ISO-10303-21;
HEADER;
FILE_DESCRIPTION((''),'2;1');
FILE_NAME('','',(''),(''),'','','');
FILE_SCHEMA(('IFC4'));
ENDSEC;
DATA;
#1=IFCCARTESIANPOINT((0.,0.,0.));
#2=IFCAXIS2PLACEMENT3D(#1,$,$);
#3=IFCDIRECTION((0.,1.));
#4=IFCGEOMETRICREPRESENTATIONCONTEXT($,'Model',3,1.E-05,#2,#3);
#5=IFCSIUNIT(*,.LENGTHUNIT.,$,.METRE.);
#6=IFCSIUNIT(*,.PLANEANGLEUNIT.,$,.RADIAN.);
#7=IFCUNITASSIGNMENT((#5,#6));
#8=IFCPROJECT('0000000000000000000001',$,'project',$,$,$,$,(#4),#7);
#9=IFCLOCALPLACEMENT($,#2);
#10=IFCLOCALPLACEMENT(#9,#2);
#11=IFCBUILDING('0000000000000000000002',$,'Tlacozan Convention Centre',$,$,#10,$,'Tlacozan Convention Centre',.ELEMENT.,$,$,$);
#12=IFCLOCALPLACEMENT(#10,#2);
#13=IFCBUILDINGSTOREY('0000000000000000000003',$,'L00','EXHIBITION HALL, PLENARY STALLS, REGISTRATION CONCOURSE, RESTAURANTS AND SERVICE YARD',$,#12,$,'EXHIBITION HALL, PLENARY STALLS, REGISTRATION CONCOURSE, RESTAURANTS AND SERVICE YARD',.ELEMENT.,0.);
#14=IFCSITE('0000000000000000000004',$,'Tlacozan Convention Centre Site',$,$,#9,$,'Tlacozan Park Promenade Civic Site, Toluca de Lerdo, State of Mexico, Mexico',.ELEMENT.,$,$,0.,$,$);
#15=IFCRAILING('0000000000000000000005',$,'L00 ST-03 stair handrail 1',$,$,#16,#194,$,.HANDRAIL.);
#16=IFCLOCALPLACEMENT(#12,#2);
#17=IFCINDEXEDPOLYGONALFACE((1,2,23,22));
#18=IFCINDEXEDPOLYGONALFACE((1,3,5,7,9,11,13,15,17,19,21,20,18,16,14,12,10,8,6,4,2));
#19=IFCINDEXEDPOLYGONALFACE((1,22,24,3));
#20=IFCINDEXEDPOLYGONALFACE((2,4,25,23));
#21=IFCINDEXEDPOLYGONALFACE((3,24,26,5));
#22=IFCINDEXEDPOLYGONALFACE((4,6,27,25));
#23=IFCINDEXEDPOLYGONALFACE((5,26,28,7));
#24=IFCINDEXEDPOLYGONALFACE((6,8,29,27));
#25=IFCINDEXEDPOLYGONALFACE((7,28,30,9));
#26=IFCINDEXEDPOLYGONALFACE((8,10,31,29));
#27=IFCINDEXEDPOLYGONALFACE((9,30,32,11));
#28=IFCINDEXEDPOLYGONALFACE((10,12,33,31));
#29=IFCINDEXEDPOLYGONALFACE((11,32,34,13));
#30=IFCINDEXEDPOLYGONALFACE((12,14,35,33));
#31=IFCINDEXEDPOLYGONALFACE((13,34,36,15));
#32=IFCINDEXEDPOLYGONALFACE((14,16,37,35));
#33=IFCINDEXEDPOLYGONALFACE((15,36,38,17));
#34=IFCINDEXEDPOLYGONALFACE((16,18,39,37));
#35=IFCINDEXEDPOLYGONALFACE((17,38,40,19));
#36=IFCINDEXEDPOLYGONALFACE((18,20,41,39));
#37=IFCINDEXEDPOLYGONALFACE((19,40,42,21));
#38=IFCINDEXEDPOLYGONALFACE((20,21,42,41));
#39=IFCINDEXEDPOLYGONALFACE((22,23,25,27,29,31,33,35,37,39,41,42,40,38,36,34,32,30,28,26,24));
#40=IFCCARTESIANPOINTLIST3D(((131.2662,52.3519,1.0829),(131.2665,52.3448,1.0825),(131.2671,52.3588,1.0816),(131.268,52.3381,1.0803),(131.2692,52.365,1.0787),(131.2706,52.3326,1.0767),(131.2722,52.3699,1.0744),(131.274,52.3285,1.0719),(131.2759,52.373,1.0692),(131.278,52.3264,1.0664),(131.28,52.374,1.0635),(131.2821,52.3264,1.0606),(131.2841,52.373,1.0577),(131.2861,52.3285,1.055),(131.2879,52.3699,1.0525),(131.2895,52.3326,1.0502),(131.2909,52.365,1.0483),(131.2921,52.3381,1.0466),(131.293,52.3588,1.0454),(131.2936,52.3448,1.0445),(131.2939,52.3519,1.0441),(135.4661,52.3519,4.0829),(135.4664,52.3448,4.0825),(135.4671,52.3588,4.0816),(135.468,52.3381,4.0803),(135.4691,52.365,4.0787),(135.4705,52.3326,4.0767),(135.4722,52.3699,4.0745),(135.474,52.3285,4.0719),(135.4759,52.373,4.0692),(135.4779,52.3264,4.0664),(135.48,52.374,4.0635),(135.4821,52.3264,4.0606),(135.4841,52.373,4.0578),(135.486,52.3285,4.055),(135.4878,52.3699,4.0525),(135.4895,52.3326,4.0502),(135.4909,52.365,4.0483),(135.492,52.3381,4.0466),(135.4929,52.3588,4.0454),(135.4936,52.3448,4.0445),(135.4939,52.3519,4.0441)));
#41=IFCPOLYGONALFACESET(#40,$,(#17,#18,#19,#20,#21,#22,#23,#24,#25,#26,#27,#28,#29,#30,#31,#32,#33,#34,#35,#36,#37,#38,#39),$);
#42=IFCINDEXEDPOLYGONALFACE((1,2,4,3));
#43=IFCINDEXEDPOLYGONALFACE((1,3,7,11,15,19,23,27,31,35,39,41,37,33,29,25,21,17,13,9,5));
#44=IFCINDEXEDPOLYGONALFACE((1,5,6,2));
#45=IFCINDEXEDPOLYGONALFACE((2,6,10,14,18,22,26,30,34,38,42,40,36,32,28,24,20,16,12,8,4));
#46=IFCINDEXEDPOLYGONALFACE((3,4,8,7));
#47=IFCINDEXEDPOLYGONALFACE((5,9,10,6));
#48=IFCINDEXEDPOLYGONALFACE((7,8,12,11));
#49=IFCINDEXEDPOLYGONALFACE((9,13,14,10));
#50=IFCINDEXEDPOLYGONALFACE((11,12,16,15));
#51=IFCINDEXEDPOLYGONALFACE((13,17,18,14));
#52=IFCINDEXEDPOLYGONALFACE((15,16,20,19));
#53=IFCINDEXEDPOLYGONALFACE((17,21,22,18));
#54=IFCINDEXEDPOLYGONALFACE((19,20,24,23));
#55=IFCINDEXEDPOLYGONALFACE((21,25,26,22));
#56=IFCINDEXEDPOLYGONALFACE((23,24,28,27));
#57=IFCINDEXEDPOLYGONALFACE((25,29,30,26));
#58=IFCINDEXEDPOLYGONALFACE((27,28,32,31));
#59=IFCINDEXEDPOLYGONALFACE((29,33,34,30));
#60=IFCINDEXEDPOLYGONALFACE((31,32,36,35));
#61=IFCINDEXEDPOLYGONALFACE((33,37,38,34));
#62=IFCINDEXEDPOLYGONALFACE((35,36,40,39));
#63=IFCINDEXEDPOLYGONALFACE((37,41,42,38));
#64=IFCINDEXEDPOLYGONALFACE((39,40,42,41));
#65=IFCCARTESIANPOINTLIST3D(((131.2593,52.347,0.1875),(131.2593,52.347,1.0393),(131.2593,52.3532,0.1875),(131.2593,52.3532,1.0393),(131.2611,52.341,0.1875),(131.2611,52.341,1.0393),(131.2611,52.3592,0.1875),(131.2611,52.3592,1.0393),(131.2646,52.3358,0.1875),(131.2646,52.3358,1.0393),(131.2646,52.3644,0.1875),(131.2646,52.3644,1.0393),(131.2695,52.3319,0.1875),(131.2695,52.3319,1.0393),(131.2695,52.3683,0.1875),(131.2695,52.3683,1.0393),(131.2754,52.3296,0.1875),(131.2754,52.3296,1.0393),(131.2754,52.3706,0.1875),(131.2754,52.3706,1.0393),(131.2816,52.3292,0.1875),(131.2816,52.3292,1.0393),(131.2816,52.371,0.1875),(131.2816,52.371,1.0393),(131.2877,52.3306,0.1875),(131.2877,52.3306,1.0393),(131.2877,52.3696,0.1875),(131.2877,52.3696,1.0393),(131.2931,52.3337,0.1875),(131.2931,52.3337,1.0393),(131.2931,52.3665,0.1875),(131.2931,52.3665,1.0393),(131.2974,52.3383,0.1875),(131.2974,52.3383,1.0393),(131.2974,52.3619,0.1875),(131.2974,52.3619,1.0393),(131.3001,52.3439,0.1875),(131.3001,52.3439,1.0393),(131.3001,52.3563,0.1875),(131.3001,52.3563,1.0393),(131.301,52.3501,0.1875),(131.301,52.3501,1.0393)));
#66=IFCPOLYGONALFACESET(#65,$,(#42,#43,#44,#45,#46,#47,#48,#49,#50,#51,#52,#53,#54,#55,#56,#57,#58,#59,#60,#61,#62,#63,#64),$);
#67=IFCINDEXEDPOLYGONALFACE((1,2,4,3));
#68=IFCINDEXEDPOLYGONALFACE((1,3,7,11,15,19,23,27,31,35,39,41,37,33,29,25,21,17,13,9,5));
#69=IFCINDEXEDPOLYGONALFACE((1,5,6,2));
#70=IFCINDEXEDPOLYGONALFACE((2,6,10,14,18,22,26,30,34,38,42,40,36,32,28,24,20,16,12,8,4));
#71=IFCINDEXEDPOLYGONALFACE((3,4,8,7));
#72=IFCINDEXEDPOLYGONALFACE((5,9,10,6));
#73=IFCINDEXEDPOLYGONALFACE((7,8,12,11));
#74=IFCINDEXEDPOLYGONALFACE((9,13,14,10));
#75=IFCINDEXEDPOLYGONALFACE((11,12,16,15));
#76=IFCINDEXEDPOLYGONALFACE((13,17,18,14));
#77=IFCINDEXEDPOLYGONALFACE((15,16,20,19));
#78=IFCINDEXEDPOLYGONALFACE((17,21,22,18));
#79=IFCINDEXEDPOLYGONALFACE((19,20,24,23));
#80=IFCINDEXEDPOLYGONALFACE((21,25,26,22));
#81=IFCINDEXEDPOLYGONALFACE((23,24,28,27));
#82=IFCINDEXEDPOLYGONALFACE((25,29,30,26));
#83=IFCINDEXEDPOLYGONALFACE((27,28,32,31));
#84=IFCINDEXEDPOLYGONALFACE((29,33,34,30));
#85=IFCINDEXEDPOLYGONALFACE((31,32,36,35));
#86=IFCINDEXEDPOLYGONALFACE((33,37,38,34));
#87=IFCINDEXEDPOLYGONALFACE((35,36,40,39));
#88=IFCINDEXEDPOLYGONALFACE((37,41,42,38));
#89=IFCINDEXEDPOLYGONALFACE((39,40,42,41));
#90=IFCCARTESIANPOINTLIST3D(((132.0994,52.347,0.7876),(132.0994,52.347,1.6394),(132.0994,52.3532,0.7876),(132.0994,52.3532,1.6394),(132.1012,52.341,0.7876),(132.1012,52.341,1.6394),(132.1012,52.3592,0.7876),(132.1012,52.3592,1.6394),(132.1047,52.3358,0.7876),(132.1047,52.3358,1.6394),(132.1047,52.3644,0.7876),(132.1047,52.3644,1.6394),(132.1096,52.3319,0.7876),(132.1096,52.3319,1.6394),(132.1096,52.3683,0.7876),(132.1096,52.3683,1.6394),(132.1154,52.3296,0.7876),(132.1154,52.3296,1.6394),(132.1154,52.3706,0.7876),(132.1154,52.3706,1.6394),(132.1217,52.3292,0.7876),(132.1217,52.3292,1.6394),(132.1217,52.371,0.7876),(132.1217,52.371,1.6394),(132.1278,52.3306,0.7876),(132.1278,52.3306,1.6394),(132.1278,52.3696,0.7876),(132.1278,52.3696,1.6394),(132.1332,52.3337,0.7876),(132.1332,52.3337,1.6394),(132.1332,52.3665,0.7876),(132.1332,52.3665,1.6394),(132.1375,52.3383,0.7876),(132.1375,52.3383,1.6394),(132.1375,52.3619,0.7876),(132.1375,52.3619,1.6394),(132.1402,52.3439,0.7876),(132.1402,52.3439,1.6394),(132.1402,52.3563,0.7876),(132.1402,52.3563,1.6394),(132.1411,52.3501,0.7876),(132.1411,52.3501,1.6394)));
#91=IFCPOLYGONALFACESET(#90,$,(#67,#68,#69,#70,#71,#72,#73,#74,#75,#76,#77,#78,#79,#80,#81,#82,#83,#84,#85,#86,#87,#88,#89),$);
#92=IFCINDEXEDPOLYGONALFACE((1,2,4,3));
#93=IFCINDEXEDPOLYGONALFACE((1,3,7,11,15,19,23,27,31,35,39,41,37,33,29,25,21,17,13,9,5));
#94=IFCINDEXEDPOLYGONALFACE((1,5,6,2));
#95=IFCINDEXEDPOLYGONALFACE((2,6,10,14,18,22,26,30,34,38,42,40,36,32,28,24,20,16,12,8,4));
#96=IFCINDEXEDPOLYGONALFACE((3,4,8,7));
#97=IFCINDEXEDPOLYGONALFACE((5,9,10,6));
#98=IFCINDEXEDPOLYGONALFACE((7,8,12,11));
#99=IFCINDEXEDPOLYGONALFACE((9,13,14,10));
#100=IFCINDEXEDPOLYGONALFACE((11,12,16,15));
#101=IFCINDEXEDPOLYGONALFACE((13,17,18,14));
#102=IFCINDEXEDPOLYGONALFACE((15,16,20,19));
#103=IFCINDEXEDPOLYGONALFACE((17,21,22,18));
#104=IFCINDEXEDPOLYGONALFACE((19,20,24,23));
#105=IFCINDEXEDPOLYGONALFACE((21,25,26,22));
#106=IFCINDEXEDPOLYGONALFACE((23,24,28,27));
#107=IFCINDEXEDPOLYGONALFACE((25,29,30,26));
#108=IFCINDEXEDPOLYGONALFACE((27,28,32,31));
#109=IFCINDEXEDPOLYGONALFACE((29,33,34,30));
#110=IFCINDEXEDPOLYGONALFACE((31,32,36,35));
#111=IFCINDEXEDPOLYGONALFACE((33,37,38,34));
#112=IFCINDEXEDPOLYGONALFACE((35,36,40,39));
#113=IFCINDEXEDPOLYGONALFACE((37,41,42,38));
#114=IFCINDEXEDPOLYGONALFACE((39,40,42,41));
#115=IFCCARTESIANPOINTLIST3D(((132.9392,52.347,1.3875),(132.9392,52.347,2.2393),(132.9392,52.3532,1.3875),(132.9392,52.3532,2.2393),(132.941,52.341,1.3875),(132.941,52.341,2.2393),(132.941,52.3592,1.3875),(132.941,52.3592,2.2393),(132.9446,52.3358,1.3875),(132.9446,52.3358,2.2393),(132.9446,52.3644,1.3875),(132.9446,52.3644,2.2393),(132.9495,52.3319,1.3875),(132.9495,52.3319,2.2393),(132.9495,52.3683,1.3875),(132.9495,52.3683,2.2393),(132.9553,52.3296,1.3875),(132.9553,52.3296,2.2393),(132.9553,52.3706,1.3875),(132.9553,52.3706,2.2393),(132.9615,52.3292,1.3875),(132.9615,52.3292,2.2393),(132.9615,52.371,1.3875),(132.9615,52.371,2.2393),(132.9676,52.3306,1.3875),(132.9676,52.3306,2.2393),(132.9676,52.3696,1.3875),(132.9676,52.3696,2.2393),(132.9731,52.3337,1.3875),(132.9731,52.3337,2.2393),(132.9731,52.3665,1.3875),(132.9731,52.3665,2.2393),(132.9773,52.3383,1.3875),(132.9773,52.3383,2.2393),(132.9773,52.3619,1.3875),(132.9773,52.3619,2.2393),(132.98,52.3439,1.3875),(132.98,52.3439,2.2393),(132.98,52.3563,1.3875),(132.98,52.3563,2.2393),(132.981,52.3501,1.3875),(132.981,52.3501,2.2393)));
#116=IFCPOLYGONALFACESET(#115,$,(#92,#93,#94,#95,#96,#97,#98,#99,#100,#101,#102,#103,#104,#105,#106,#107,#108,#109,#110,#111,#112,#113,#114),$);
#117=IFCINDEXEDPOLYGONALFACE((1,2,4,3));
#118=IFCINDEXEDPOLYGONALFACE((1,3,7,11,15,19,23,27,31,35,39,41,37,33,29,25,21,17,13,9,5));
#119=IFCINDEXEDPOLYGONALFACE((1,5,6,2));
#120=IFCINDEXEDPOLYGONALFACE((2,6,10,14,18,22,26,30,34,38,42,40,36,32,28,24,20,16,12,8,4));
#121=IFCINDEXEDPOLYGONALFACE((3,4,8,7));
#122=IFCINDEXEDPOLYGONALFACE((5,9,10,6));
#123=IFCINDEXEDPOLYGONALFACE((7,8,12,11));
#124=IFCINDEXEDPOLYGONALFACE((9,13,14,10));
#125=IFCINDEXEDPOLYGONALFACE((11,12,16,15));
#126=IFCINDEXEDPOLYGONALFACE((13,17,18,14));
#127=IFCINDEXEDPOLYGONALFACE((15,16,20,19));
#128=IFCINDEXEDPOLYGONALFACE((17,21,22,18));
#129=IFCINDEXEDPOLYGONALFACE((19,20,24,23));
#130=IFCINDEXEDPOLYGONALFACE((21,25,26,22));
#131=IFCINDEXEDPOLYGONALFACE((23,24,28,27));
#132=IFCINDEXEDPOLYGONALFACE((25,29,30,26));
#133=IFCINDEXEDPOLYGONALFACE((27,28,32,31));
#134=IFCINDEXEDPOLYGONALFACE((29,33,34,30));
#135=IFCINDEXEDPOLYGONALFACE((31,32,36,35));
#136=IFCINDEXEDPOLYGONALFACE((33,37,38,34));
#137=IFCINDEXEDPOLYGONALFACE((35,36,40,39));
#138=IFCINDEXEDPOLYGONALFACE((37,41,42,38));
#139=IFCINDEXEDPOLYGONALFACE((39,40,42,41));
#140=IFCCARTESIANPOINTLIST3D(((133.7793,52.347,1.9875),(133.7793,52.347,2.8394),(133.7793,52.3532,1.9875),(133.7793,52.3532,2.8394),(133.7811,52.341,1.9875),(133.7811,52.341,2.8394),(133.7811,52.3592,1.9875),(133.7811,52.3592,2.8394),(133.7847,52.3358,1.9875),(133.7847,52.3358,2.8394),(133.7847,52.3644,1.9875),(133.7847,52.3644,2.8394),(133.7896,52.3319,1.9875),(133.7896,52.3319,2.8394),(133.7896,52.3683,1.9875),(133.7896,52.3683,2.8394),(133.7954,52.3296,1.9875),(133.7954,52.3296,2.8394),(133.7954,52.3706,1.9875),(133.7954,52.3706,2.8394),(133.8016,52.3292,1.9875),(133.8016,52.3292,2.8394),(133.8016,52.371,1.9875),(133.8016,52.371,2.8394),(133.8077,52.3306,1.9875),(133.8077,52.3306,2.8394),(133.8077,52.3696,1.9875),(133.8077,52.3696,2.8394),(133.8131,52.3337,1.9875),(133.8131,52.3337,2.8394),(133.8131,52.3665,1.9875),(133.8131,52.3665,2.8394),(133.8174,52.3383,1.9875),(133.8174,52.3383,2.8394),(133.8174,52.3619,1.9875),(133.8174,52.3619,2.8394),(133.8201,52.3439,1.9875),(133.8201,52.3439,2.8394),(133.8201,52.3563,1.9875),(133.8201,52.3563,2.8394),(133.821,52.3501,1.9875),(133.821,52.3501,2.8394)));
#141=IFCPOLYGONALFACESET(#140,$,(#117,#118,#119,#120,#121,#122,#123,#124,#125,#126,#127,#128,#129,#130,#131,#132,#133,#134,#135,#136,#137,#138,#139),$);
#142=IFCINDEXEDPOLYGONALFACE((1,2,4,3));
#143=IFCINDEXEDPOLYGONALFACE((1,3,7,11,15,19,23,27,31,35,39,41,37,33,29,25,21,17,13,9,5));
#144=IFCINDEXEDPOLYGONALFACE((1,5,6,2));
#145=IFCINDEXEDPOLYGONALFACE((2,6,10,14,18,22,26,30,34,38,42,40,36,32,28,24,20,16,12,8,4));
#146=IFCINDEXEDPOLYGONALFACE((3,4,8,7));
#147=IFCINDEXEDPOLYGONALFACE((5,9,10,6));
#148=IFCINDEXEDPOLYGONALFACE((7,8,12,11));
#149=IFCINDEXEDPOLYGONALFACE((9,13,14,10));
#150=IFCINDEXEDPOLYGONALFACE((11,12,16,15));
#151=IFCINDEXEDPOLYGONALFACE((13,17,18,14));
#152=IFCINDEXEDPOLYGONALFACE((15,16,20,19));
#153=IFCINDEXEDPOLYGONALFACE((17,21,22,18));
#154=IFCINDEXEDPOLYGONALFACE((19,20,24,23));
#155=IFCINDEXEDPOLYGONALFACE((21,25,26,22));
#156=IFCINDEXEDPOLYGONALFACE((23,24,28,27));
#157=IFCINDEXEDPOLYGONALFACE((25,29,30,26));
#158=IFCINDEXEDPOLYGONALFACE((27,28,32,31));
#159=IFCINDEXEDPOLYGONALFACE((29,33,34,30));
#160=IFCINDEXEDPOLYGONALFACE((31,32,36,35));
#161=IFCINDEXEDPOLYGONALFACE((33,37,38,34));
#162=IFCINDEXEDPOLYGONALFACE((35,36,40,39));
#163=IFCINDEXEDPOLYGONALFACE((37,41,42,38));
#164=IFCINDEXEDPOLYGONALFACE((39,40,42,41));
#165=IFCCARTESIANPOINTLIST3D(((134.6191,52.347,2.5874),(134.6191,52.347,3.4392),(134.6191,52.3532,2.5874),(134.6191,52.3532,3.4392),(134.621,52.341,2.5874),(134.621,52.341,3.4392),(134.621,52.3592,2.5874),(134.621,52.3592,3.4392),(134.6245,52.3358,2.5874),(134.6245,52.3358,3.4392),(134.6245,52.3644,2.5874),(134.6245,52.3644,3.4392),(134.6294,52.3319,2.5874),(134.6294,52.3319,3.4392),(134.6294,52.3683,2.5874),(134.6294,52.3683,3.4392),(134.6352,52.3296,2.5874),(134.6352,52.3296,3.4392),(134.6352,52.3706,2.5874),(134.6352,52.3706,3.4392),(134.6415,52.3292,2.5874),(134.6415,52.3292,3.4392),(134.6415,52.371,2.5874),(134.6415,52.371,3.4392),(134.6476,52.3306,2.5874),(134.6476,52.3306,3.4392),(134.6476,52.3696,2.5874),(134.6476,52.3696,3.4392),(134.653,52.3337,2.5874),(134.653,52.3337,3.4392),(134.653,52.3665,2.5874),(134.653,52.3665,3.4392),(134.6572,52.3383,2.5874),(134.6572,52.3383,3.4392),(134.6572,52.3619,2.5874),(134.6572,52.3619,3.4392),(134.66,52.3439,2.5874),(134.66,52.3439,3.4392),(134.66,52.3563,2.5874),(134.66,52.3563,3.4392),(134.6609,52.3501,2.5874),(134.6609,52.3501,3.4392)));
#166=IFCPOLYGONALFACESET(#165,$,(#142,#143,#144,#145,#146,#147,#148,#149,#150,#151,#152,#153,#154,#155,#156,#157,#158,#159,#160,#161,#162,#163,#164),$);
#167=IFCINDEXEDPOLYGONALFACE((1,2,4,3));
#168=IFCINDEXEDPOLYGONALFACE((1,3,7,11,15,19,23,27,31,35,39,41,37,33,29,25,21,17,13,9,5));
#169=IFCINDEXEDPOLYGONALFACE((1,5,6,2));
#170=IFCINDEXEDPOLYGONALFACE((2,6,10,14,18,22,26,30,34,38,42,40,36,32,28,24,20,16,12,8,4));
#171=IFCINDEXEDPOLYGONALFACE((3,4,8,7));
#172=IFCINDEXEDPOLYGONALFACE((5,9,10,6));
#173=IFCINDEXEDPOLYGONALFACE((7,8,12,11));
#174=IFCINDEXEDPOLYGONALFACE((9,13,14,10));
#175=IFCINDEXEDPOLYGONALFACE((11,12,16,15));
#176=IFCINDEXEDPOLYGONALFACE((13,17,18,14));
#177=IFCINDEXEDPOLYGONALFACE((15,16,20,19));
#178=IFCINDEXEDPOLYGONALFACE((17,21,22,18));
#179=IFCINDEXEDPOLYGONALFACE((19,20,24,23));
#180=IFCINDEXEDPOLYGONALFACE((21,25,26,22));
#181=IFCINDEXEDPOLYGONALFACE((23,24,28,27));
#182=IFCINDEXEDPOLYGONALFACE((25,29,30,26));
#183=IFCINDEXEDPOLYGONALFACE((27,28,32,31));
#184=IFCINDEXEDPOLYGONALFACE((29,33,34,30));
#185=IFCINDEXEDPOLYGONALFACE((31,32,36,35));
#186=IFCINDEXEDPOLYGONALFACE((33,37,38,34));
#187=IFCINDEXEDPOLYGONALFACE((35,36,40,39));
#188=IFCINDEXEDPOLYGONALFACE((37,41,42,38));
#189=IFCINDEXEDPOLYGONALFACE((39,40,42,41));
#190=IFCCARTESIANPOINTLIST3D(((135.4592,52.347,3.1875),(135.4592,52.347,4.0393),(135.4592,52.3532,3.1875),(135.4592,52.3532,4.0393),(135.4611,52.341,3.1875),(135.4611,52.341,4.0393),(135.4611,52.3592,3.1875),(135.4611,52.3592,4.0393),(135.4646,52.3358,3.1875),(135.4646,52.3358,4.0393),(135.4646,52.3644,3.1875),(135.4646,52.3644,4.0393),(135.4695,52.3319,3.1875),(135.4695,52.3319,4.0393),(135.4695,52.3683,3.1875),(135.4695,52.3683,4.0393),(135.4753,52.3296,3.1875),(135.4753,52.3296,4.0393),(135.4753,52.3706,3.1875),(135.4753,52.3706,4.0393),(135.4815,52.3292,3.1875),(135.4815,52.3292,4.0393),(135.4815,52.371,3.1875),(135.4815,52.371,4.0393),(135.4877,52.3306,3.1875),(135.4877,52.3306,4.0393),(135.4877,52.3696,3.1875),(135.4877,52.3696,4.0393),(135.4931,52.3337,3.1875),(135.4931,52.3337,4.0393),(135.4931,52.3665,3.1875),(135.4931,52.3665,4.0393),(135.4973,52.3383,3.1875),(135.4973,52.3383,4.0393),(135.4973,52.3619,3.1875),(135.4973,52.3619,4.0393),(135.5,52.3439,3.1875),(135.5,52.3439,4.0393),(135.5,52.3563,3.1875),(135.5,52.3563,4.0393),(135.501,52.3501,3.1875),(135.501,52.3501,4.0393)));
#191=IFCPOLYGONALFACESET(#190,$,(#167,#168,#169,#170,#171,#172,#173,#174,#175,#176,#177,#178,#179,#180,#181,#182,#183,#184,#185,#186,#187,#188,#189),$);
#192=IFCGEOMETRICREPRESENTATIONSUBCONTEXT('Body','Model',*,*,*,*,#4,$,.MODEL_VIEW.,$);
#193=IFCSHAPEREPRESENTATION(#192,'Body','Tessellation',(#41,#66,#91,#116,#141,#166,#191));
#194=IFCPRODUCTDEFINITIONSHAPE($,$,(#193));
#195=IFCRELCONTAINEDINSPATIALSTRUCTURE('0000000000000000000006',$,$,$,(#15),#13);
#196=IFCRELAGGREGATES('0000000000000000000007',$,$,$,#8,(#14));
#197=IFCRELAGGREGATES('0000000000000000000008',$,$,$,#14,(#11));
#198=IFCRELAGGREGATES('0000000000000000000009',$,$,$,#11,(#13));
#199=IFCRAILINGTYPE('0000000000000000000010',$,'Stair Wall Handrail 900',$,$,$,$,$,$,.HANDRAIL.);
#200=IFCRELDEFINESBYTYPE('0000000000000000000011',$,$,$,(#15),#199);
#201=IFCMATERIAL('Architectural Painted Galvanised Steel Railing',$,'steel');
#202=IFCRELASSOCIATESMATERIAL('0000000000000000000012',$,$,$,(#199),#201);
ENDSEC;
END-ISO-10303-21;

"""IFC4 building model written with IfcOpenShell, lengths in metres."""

from ifc_helpers import new_model, si_unit, direction, frame, origin, origin_2d, place, context, subcontext, project, spatial, circle, extrude, material, type_object, element, save


model = new_model("IFC4")

# Units and contexts
model_context = context("Model", 3, precision=1e-05, world=origin(), true_north=direction((0.0, 1.0)))
body_context = subcontext(model_context, "Body", "Model", "MODEL_VIEW")
ifc_project = project(units=[si_unit("LENGTHUNIT", "METRE"), si_unit("PLANEANGLEUNIT", "RADIAN")], contexts=[model_context])

# Site, building, storey
site_placement = place(None, origin())
site = spatial("IfcSite", under=ifc_project, at=site_placement, Name="Tlacozan Convention Centre Site", LongName="Tlacozan Park Promenade Civic Site, Toluca de Lerdo, State of Mexico, Mexico", CompositionType="ELEMENT", RefElevation=0.0)
building_placement = place(site_placement, origin())
building = spatial("IfcBuilding", under=site, at=building_placement, Name="Tlacozan Convention Centre", LongName="Tlacozan Convention Centre", CompositionType="ELEMENT")
storey_placement = place(building_placement, origin())
storey = spatial("IfcBuildingStorey", under=building, at=storey_placement, Name="L00", Description="EXHIBITION HALL, PLENARY STALLS, REGISTRATION CONCOURSE, RESTAURANTS AND SERVICE YARD", LongName="EXHIBITION HALL, PLENARY STALLS, REGISTRATION CONCOURSE, RESTAURANTS AND SERVICE YARD", CompositionType="ELEMENT", Elevation=0.0)

# Railing
ifc_material_1 = material(Name="Architectural Painted Galvanised Steel Railing", Category="steel")
railing_type_1 = type_object("IfcRailingType", Name="Stair Wall Handrail 900", PredefinedType="HANDRAIL", material=ifc_material_1)
railing_1_placement = place(storey_placement, frame((131.28, 52.3501, 0.1875)))
element("IfcRailing", 1, at=railing_1_placement, inside=storey, type_object=railing_type_1, Name="L00 ST-03 stair handrail 1", PredefinedType="HANDRAIL", context=body_context, shape_type="SweptSolid", body=[
    extrude(circle(Radius=0.0239, at=origin_2d()), frame((0.0, 0.0, 0.876), z_axis=(0.81373, 0.0, 0.581243), x_axis=(0.0, 1.0, 0.0)), (0.0, 0.0, 1.0), 5.1614),
    extrude(circle(Radius=0.021, at=origin_2d()), origin(), (0.0, 0.0, 1.0), 0.8518),
    extrude(circle(Radius=0.021, at=origin_2d()), frame((0.8401, 0.0, 0.6001)), (0.0, 0.0, 1.0), 0.8518),
    extrude(circle(Radius=0.021, at=origin_2d()), frame((1.6799, 0.0, 1.2)), (0.0, 0.0, 1.0), 0.8518),
    extrude(circle(Radius=0.021, at=origin_2d()), frame((2.52, 0.0, 1.8)), (0.0, 0.0, 1.0), 0.8518),
    extrude(circle(Radius=0.021, at=origin_2d()), frame((3.3599, 0.0, 2.3999)), (0.0, 0.0, 1.0), 0.8518),
    extrude(circle(Radius=0.021, at=origin_2d()), frame((4.2, 0.0, 3.0)), (0.0, 0.0, 1.0), 0.8518),
])

save(model, "model.ifc")
